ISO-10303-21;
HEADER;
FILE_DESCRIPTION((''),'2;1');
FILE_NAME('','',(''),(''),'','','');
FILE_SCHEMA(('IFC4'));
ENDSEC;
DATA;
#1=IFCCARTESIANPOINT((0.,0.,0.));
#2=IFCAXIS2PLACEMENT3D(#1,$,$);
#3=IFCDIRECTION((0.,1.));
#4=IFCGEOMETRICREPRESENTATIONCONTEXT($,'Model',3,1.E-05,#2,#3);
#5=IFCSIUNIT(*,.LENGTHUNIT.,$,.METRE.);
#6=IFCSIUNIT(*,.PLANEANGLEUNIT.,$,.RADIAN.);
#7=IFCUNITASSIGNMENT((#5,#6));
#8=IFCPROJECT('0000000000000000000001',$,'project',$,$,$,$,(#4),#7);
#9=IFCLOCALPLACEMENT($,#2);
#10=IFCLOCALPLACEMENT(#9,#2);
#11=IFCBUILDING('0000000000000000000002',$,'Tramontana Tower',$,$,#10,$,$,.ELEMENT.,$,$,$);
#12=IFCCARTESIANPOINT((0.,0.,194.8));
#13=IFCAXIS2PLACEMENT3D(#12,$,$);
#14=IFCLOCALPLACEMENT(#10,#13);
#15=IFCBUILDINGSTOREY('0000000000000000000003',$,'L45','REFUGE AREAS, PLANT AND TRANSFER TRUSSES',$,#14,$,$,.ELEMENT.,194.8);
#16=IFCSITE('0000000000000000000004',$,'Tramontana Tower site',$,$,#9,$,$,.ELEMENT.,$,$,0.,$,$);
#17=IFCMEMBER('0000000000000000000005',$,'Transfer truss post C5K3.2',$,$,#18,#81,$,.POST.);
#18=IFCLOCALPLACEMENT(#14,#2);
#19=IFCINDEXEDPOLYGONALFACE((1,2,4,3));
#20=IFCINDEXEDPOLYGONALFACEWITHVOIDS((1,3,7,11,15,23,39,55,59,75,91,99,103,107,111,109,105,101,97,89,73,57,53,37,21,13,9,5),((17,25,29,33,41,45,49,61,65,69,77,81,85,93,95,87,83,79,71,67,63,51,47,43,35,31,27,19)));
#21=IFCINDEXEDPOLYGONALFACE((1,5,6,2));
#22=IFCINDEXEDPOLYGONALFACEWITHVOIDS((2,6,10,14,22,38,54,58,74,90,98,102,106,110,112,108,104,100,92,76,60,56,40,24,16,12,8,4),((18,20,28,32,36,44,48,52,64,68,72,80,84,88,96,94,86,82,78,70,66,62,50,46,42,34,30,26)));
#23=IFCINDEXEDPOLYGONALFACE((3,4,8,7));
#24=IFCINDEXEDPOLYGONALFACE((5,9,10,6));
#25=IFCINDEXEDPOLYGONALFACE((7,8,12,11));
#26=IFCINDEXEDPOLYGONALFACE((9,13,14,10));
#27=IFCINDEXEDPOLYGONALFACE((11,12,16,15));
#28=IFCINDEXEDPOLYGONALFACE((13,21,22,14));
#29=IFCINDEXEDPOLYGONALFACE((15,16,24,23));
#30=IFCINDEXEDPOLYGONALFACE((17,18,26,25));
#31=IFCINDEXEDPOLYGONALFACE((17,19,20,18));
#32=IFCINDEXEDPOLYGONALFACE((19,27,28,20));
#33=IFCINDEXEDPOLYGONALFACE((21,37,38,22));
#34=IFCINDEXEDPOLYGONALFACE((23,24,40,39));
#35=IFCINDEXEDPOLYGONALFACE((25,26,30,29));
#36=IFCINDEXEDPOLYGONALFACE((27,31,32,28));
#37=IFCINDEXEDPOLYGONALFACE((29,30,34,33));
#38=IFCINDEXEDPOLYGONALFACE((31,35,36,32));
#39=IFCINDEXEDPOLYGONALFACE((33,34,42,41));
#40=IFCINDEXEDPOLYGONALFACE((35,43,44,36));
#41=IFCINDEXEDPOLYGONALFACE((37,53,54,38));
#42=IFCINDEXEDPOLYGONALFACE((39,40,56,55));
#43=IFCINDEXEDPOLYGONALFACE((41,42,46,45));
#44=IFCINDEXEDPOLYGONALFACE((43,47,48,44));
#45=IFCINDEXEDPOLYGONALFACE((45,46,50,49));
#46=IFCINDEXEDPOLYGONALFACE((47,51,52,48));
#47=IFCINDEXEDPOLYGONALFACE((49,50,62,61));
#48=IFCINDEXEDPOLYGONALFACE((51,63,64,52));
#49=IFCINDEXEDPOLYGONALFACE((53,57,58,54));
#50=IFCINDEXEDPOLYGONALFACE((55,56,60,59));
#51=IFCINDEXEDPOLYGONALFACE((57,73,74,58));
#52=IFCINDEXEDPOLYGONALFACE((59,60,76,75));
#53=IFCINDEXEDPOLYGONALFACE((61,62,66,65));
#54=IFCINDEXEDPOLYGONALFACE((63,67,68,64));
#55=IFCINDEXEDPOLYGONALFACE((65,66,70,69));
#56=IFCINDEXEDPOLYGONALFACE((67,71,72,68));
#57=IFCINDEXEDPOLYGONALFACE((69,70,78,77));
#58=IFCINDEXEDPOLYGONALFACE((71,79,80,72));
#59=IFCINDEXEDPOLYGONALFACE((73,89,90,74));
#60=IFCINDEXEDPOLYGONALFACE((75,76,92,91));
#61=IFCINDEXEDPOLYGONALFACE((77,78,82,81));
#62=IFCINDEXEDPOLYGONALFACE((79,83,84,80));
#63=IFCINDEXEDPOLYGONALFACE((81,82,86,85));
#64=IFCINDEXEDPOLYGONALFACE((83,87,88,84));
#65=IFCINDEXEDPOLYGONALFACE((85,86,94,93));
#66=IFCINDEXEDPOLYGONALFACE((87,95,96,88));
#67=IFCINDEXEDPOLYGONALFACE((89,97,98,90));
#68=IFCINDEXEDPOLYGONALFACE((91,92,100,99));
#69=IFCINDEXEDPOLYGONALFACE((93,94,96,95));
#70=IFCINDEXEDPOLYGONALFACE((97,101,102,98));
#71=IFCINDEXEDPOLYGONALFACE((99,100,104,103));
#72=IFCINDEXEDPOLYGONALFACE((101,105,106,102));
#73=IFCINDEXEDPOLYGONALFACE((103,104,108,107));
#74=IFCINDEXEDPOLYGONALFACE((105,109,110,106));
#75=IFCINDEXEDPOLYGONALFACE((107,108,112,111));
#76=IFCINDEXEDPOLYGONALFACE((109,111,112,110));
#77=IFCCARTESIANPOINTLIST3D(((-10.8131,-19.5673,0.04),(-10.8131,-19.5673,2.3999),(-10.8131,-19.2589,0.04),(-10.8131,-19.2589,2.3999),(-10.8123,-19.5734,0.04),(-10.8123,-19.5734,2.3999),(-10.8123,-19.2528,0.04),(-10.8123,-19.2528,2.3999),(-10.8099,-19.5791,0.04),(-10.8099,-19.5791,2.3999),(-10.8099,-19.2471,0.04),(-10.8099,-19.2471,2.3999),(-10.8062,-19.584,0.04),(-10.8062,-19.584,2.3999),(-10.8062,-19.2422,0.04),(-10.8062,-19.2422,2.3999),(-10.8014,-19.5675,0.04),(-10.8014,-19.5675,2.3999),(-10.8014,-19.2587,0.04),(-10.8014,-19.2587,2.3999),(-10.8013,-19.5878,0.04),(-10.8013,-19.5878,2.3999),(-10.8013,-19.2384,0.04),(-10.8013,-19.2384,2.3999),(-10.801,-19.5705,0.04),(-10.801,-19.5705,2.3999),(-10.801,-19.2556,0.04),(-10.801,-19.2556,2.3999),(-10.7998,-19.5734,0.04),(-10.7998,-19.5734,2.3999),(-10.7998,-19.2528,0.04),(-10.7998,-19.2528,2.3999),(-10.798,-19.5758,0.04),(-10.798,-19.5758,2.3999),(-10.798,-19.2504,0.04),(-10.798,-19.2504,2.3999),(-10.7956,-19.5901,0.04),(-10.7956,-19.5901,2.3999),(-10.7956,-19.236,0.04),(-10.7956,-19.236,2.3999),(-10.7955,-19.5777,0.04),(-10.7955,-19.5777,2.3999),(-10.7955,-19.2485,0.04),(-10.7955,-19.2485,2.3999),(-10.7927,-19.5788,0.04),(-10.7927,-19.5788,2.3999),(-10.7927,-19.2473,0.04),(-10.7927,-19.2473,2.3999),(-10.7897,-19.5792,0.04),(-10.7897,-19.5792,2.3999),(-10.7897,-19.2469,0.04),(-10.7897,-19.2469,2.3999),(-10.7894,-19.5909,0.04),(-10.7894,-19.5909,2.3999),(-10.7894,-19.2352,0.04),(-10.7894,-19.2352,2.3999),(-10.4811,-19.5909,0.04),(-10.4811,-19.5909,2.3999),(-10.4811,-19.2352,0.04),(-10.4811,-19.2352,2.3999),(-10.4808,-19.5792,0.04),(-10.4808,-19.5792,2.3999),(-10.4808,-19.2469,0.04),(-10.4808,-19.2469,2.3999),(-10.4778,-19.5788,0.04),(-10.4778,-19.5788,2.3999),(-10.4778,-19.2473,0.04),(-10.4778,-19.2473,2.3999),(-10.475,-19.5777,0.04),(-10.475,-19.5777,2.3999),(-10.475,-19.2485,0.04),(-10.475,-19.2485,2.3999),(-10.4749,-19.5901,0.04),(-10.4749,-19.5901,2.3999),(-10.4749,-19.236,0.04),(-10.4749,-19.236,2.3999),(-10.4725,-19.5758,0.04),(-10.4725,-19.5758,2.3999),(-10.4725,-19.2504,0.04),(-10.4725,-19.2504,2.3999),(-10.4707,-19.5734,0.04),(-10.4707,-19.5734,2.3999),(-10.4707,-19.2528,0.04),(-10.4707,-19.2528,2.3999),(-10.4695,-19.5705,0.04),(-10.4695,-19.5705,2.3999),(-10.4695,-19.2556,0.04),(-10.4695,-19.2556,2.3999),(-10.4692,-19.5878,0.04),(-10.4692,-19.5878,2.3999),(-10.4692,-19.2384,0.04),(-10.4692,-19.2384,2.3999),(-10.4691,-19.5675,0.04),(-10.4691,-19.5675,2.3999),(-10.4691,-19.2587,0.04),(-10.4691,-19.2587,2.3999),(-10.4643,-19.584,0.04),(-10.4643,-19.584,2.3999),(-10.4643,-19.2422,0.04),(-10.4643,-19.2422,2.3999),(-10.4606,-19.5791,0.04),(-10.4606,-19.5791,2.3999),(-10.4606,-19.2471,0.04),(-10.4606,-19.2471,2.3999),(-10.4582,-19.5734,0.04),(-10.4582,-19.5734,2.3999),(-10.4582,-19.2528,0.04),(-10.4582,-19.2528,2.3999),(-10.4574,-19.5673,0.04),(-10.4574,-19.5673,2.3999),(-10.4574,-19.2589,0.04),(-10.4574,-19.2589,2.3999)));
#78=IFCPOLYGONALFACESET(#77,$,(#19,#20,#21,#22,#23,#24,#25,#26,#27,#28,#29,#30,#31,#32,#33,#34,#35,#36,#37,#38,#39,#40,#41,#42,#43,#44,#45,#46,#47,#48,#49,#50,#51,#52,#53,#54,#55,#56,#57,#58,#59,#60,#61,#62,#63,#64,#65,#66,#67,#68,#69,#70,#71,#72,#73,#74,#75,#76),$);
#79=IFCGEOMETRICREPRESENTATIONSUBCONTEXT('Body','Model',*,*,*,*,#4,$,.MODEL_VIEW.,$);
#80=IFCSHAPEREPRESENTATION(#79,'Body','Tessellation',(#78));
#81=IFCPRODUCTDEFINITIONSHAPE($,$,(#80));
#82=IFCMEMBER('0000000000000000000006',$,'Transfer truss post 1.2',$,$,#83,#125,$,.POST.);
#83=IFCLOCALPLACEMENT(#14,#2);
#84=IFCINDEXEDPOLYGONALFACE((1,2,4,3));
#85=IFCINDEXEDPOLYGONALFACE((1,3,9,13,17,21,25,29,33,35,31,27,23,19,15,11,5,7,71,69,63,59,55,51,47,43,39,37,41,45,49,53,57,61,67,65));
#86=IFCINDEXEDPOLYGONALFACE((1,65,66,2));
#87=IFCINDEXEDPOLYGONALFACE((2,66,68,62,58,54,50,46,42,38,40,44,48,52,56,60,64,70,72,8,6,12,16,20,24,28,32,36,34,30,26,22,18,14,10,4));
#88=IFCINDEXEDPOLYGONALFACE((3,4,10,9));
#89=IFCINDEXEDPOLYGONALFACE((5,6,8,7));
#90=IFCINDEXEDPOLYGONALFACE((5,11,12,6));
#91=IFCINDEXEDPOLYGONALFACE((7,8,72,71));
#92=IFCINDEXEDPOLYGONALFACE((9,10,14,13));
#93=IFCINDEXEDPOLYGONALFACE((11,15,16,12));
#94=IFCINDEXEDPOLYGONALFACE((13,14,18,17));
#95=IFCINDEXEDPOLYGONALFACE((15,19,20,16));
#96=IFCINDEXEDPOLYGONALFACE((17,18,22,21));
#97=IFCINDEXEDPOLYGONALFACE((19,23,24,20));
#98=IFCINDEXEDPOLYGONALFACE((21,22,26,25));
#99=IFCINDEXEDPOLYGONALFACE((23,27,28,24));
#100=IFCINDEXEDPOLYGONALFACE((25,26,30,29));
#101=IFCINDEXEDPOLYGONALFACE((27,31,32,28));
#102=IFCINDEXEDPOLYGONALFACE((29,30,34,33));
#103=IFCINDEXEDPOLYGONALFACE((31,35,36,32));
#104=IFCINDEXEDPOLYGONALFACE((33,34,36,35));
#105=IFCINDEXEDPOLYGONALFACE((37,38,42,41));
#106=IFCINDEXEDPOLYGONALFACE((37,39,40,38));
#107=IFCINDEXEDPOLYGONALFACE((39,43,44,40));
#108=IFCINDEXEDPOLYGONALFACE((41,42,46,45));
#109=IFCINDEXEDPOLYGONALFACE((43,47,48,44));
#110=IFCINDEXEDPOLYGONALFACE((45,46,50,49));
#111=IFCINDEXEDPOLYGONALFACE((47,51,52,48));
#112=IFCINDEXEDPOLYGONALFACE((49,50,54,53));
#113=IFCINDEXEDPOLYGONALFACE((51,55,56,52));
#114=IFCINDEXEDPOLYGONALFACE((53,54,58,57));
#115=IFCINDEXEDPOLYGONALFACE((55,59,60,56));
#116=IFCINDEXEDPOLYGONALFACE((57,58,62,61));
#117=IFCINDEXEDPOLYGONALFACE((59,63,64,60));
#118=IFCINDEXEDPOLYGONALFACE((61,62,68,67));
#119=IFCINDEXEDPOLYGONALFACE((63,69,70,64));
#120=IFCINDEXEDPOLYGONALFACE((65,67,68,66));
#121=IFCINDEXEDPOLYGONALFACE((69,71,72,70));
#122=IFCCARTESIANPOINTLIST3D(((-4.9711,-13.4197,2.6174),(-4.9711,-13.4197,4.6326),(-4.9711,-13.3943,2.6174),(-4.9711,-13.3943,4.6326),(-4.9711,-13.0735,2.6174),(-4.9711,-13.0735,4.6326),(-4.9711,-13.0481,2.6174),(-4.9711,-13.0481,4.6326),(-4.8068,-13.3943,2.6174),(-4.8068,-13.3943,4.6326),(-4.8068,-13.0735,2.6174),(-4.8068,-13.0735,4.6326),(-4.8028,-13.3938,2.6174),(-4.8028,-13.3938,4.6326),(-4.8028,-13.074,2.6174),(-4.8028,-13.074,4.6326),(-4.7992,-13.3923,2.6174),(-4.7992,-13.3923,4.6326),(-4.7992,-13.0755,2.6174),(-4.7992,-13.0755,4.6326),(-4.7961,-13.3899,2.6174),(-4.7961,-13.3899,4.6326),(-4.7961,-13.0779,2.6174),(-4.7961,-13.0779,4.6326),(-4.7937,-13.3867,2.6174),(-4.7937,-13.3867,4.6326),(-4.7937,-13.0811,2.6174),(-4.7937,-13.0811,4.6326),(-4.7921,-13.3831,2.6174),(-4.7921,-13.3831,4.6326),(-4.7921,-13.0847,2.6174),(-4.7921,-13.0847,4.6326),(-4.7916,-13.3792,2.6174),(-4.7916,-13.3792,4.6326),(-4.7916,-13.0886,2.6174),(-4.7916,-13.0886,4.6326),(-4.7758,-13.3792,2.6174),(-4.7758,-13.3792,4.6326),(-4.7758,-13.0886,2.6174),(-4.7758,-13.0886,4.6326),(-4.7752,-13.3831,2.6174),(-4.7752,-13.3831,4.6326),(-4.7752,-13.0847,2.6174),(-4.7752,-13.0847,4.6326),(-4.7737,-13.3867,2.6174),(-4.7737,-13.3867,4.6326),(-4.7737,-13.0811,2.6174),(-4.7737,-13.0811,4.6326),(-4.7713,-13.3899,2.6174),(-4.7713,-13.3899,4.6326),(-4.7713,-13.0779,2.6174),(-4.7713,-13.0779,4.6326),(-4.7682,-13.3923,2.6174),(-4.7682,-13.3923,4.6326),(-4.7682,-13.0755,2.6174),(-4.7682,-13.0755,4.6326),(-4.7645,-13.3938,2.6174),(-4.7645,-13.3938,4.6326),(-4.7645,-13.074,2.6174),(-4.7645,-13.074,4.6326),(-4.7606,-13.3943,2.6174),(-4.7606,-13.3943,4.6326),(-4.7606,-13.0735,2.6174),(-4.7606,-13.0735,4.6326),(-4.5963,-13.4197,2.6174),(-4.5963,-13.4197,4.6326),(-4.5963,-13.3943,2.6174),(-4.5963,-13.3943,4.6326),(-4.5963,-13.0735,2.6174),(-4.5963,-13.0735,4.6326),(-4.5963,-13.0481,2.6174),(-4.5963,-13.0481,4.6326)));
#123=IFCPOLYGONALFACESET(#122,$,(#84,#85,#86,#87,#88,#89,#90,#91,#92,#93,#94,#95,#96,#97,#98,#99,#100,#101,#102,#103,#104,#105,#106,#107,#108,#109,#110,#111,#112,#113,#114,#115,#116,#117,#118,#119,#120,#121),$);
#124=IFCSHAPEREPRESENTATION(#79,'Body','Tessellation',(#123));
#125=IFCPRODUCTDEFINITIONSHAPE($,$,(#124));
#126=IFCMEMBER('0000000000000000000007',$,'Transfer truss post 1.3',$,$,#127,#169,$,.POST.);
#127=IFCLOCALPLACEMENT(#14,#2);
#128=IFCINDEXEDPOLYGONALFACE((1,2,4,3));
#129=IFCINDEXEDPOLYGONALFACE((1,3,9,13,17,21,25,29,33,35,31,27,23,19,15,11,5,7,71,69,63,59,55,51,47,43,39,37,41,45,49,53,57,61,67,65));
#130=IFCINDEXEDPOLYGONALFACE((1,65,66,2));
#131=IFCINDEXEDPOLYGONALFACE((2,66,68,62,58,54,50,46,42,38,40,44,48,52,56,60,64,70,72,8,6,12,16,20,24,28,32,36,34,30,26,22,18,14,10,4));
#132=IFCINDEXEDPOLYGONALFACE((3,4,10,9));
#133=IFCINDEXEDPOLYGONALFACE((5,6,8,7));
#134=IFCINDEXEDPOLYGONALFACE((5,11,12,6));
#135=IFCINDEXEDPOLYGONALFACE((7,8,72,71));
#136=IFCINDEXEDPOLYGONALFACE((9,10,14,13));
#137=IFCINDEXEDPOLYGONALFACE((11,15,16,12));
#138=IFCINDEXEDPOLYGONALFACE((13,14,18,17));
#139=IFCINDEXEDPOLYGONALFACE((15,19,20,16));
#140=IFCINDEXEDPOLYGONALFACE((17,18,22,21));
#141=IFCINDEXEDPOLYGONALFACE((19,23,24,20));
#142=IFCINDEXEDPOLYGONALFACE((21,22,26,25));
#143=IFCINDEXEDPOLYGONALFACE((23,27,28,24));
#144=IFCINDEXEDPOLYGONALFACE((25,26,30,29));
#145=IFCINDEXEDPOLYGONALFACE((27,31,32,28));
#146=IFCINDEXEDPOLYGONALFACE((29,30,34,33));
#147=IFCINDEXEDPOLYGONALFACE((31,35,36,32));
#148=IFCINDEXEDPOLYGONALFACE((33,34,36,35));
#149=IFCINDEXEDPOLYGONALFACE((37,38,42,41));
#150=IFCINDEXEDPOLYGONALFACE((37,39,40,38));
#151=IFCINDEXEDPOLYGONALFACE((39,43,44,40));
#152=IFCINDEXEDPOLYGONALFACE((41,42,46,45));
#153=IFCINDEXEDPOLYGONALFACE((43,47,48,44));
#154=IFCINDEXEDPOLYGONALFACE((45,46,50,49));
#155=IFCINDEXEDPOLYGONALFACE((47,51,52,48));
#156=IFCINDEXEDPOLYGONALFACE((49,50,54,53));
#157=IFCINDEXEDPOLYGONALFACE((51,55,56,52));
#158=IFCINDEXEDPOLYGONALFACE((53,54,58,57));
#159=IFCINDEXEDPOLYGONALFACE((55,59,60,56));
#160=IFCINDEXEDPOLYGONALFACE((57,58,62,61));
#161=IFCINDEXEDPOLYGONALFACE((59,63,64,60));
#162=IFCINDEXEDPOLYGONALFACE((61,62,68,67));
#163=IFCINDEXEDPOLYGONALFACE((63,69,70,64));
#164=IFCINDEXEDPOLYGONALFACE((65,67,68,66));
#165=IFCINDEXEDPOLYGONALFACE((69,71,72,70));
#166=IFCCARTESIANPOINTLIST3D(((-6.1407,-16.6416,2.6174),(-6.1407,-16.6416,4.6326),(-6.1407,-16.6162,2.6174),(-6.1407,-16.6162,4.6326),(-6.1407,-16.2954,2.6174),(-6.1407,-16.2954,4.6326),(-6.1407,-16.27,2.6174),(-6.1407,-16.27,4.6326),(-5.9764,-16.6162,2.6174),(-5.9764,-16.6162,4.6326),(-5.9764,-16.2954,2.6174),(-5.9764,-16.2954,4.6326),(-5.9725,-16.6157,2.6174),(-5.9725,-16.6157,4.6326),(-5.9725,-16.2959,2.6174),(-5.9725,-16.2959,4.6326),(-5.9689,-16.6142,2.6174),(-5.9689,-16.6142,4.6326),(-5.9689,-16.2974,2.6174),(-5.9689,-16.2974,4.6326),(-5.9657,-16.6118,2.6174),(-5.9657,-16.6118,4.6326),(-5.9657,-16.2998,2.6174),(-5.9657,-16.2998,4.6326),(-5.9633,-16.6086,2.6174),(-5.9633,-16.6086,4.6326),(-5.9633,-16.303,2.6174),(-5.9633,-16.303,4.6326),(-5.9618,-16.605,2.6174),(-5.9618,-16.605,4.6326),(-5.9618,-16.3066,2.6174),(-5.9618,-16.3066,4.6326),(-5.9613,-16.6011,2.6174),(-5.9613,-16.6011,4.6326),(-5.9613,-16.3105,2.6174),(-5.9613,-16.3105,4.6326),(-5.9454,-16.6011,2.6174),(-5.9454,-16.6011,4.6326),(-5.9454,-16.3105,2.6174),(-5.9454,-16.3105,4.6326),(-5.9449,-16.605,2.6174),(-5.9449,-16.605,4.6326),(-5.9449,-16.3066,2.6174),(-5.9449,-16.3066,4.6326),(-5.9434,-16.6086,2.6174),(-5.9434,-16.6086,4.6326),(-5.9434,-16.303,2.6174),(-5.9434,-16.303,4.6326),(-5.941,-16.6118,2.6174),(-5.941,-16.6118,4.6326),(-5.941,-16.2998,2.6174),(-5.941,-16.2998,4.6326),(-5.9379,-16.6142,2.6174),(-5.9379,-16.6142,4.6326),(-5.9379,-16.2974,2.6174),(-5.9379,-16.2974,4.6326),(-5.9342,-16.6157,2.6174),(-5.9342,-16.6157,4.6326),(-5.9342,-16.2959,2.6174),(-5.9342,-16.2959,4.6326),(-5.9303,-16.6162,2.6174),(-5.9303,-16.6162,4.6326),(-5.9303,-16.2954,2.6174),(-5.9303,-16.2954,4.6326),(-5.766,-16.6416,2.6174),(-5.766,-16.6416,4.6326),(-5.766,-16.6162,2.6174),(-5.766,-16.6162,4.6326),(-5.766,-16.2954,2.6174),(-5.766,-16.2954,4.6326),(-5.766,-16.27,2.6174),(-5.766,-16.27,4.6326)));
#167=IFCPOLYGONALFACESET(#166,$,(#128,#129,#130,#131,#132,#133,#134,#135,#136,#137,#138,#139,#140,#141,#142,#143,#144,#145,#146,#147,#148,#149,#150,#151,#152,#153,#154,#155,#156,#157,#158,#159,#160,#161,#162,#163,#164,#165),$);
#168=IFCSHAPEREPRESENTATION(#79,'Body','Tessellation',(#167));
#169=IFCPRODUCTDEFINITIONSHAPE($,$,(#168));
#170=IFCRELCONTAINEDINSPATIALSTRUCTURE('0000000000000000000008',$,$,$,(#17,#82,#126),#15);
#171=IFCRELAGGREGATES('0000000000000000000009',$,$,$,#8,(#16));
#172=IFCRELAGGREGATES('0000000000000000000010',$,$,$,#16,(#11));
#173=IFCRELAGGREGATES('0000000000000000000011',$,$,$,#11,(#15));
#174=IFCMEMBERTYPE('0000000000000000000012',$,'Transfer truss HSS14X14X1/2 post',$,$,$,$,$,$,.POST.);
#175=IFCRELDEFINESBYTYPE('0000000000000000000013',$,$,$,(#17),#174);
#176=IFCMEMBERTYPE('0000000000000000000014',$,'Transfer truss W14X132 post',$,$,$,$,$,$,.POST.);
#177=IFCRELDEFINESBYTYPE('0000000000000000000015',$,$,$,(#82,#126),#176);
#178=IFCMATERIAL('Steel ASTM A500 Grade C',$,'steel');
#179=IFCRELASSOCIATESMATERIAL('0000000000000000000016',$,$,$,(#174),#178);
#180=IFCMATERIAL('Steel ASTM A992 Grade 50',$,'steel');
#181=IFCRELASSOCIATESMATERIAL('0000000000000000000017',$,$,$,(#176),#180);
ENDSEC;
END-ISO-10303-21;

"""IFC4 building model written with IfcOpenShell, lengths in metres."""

from ifc_helpers import new_model, si_unit, direction, frame, origin, origin_2d, place, context, subcontext, project, spatial, hollow_rectangle, i_section, extrude, material, material_profile, profile_set, type_object, element, save


model = new_model("IFC4")

# Units and contexts
model_context = context("Model", 3, precision=1e-05, world=origin(), true_north=direction((0.0, 1.0)))
body_context = subcontext(model_context, "Body", "Model", "MODEL_VIEW")
ifc_project = project(units=[si_unit("LENGTHUNIT", "METRE"), si_unit("PLANEANGLEUNIT", "RADIAN")], contexts=[model_context])

# Site, building, storey
site_placement = place(None, origin())
site = spatial("IfcSite", under=ifc_project, at=site_placement, Name="Tramontana Tower site", CompositionType="ELEMENT", RefElevation=0.0)
building_placement = place(site_placement, origin())
building = spatial("IfcBuilding", under=site, at=building_placement, Name="Tramontana Tower", CompositionType="ELEMENT")
storey_placement = place(building_placement, frame((0.0, 0.0, 194.8)))
storey = spatial("IfcBuildingStorey", under=building, at=storey_placement, Name="L45", Description="REFUGE AREAS, PLANT AND TRANSFER TRUSSES", CompositionType="ELEMENT", Elevation=194.8)

# Members
ifc_material_1 = material(Name="Steel ASTM A500 Grade C", Category="steel")
ifc_material_profile_1 = material_profile(ifc_material_1, hollow_rectangle(XDim=0.3557, YDim=0.3557, WallThickness=0.0117, InnerFilletRadius=0.0117, OuterFilletRadius=0.0237, at=origin_2d()), Name="HSS14X14X1/2")
ifc_profile_set_1 = profile_set([ifc_material_profile_1], Name="Steel ASTM A500 Grade C")
member_type_1 = type_object("IfcMemberType", Name="Transfer truss HSS14X14X1/2 post", PredefinedType="POST", material=ifc_profile_set_1)
member_1_placement = place(storey_placement, frame((-10.6353, -19.4131, 0.04), z_axis=(0.0, 0.0, 1.0), x_axis=(1.0, 0.0, 0.0)))
element("IfcMember", 1, at=member_1_placement, inside=storey, type_object=member_type_1, Name="Transfer truss post C5K3.2", PredefinedType="POST", context=body_context, shape_type="SweptSolid", body=[
    extrude(hollow_rectangle(XDim=0.3557, YDim=0.3557, WallThickness=0.0117, InnerFilletRadius=0.0117, OuterFilletRadius=0.0237, at=origin_2d()), origin(), (0.0, 0.0, 1.0), 2.3599),
])
ifc_material_2 = material(Name="Steel ASTM A992 Grade 50", Category="steel")
ifc_material_profile_2 = material_profile(ifc_material_2, i_section(OverallWidth=0.3748, OverallDepth=0.3716, WebThickness=0.0159, FlangeThickness=0.0254, FilletRadius=0.0151, at=origin_2d()), Name="W14X132")
ifc_profile_set_2 = profile_set([ifc_material_profile_2], Name="Steel ASTM A992 Grade 50")
member_type_2 = type_object("IfcMemberType", Name="Transfer truss W14X132 post", PredefinedType="POST", material=ifc_profile_set_2)
for number, where, z_axis, x_axis, name in (
    (2, (-4.7837, -13.2339, 2.6174), (0.0, 0.0, 1.0), (1.0, 0.0, 0.0), "Transfer truss post 1.2"),
    (3, (-5.9534, -16.4558, 2.6174), (0.0, 0.0, 1.0), (1.0, 0.0, 0.0), "Transfer truss post 1.3"),
):
    element("IfcMember", number, at=place(storey_placement, frame(where, z_axis=z_axis, x_axis=x_axis)), inside=storey, type_object=member_type_2, Name=name, PredefinedType="POST", context=body_context, shape_type="SweptSolid", body=[
        extrude(i_section(OverallWidth=0.3748, OverallDepth=0.3716, WebThickness=0.0159, FlangeThickness=0.0254, FilletRadius=0.0151, at=origin_2d()), origin(), (0.0, 0.0, 1.0), 2.0151),
    ])

save(model, "model.ifc")
